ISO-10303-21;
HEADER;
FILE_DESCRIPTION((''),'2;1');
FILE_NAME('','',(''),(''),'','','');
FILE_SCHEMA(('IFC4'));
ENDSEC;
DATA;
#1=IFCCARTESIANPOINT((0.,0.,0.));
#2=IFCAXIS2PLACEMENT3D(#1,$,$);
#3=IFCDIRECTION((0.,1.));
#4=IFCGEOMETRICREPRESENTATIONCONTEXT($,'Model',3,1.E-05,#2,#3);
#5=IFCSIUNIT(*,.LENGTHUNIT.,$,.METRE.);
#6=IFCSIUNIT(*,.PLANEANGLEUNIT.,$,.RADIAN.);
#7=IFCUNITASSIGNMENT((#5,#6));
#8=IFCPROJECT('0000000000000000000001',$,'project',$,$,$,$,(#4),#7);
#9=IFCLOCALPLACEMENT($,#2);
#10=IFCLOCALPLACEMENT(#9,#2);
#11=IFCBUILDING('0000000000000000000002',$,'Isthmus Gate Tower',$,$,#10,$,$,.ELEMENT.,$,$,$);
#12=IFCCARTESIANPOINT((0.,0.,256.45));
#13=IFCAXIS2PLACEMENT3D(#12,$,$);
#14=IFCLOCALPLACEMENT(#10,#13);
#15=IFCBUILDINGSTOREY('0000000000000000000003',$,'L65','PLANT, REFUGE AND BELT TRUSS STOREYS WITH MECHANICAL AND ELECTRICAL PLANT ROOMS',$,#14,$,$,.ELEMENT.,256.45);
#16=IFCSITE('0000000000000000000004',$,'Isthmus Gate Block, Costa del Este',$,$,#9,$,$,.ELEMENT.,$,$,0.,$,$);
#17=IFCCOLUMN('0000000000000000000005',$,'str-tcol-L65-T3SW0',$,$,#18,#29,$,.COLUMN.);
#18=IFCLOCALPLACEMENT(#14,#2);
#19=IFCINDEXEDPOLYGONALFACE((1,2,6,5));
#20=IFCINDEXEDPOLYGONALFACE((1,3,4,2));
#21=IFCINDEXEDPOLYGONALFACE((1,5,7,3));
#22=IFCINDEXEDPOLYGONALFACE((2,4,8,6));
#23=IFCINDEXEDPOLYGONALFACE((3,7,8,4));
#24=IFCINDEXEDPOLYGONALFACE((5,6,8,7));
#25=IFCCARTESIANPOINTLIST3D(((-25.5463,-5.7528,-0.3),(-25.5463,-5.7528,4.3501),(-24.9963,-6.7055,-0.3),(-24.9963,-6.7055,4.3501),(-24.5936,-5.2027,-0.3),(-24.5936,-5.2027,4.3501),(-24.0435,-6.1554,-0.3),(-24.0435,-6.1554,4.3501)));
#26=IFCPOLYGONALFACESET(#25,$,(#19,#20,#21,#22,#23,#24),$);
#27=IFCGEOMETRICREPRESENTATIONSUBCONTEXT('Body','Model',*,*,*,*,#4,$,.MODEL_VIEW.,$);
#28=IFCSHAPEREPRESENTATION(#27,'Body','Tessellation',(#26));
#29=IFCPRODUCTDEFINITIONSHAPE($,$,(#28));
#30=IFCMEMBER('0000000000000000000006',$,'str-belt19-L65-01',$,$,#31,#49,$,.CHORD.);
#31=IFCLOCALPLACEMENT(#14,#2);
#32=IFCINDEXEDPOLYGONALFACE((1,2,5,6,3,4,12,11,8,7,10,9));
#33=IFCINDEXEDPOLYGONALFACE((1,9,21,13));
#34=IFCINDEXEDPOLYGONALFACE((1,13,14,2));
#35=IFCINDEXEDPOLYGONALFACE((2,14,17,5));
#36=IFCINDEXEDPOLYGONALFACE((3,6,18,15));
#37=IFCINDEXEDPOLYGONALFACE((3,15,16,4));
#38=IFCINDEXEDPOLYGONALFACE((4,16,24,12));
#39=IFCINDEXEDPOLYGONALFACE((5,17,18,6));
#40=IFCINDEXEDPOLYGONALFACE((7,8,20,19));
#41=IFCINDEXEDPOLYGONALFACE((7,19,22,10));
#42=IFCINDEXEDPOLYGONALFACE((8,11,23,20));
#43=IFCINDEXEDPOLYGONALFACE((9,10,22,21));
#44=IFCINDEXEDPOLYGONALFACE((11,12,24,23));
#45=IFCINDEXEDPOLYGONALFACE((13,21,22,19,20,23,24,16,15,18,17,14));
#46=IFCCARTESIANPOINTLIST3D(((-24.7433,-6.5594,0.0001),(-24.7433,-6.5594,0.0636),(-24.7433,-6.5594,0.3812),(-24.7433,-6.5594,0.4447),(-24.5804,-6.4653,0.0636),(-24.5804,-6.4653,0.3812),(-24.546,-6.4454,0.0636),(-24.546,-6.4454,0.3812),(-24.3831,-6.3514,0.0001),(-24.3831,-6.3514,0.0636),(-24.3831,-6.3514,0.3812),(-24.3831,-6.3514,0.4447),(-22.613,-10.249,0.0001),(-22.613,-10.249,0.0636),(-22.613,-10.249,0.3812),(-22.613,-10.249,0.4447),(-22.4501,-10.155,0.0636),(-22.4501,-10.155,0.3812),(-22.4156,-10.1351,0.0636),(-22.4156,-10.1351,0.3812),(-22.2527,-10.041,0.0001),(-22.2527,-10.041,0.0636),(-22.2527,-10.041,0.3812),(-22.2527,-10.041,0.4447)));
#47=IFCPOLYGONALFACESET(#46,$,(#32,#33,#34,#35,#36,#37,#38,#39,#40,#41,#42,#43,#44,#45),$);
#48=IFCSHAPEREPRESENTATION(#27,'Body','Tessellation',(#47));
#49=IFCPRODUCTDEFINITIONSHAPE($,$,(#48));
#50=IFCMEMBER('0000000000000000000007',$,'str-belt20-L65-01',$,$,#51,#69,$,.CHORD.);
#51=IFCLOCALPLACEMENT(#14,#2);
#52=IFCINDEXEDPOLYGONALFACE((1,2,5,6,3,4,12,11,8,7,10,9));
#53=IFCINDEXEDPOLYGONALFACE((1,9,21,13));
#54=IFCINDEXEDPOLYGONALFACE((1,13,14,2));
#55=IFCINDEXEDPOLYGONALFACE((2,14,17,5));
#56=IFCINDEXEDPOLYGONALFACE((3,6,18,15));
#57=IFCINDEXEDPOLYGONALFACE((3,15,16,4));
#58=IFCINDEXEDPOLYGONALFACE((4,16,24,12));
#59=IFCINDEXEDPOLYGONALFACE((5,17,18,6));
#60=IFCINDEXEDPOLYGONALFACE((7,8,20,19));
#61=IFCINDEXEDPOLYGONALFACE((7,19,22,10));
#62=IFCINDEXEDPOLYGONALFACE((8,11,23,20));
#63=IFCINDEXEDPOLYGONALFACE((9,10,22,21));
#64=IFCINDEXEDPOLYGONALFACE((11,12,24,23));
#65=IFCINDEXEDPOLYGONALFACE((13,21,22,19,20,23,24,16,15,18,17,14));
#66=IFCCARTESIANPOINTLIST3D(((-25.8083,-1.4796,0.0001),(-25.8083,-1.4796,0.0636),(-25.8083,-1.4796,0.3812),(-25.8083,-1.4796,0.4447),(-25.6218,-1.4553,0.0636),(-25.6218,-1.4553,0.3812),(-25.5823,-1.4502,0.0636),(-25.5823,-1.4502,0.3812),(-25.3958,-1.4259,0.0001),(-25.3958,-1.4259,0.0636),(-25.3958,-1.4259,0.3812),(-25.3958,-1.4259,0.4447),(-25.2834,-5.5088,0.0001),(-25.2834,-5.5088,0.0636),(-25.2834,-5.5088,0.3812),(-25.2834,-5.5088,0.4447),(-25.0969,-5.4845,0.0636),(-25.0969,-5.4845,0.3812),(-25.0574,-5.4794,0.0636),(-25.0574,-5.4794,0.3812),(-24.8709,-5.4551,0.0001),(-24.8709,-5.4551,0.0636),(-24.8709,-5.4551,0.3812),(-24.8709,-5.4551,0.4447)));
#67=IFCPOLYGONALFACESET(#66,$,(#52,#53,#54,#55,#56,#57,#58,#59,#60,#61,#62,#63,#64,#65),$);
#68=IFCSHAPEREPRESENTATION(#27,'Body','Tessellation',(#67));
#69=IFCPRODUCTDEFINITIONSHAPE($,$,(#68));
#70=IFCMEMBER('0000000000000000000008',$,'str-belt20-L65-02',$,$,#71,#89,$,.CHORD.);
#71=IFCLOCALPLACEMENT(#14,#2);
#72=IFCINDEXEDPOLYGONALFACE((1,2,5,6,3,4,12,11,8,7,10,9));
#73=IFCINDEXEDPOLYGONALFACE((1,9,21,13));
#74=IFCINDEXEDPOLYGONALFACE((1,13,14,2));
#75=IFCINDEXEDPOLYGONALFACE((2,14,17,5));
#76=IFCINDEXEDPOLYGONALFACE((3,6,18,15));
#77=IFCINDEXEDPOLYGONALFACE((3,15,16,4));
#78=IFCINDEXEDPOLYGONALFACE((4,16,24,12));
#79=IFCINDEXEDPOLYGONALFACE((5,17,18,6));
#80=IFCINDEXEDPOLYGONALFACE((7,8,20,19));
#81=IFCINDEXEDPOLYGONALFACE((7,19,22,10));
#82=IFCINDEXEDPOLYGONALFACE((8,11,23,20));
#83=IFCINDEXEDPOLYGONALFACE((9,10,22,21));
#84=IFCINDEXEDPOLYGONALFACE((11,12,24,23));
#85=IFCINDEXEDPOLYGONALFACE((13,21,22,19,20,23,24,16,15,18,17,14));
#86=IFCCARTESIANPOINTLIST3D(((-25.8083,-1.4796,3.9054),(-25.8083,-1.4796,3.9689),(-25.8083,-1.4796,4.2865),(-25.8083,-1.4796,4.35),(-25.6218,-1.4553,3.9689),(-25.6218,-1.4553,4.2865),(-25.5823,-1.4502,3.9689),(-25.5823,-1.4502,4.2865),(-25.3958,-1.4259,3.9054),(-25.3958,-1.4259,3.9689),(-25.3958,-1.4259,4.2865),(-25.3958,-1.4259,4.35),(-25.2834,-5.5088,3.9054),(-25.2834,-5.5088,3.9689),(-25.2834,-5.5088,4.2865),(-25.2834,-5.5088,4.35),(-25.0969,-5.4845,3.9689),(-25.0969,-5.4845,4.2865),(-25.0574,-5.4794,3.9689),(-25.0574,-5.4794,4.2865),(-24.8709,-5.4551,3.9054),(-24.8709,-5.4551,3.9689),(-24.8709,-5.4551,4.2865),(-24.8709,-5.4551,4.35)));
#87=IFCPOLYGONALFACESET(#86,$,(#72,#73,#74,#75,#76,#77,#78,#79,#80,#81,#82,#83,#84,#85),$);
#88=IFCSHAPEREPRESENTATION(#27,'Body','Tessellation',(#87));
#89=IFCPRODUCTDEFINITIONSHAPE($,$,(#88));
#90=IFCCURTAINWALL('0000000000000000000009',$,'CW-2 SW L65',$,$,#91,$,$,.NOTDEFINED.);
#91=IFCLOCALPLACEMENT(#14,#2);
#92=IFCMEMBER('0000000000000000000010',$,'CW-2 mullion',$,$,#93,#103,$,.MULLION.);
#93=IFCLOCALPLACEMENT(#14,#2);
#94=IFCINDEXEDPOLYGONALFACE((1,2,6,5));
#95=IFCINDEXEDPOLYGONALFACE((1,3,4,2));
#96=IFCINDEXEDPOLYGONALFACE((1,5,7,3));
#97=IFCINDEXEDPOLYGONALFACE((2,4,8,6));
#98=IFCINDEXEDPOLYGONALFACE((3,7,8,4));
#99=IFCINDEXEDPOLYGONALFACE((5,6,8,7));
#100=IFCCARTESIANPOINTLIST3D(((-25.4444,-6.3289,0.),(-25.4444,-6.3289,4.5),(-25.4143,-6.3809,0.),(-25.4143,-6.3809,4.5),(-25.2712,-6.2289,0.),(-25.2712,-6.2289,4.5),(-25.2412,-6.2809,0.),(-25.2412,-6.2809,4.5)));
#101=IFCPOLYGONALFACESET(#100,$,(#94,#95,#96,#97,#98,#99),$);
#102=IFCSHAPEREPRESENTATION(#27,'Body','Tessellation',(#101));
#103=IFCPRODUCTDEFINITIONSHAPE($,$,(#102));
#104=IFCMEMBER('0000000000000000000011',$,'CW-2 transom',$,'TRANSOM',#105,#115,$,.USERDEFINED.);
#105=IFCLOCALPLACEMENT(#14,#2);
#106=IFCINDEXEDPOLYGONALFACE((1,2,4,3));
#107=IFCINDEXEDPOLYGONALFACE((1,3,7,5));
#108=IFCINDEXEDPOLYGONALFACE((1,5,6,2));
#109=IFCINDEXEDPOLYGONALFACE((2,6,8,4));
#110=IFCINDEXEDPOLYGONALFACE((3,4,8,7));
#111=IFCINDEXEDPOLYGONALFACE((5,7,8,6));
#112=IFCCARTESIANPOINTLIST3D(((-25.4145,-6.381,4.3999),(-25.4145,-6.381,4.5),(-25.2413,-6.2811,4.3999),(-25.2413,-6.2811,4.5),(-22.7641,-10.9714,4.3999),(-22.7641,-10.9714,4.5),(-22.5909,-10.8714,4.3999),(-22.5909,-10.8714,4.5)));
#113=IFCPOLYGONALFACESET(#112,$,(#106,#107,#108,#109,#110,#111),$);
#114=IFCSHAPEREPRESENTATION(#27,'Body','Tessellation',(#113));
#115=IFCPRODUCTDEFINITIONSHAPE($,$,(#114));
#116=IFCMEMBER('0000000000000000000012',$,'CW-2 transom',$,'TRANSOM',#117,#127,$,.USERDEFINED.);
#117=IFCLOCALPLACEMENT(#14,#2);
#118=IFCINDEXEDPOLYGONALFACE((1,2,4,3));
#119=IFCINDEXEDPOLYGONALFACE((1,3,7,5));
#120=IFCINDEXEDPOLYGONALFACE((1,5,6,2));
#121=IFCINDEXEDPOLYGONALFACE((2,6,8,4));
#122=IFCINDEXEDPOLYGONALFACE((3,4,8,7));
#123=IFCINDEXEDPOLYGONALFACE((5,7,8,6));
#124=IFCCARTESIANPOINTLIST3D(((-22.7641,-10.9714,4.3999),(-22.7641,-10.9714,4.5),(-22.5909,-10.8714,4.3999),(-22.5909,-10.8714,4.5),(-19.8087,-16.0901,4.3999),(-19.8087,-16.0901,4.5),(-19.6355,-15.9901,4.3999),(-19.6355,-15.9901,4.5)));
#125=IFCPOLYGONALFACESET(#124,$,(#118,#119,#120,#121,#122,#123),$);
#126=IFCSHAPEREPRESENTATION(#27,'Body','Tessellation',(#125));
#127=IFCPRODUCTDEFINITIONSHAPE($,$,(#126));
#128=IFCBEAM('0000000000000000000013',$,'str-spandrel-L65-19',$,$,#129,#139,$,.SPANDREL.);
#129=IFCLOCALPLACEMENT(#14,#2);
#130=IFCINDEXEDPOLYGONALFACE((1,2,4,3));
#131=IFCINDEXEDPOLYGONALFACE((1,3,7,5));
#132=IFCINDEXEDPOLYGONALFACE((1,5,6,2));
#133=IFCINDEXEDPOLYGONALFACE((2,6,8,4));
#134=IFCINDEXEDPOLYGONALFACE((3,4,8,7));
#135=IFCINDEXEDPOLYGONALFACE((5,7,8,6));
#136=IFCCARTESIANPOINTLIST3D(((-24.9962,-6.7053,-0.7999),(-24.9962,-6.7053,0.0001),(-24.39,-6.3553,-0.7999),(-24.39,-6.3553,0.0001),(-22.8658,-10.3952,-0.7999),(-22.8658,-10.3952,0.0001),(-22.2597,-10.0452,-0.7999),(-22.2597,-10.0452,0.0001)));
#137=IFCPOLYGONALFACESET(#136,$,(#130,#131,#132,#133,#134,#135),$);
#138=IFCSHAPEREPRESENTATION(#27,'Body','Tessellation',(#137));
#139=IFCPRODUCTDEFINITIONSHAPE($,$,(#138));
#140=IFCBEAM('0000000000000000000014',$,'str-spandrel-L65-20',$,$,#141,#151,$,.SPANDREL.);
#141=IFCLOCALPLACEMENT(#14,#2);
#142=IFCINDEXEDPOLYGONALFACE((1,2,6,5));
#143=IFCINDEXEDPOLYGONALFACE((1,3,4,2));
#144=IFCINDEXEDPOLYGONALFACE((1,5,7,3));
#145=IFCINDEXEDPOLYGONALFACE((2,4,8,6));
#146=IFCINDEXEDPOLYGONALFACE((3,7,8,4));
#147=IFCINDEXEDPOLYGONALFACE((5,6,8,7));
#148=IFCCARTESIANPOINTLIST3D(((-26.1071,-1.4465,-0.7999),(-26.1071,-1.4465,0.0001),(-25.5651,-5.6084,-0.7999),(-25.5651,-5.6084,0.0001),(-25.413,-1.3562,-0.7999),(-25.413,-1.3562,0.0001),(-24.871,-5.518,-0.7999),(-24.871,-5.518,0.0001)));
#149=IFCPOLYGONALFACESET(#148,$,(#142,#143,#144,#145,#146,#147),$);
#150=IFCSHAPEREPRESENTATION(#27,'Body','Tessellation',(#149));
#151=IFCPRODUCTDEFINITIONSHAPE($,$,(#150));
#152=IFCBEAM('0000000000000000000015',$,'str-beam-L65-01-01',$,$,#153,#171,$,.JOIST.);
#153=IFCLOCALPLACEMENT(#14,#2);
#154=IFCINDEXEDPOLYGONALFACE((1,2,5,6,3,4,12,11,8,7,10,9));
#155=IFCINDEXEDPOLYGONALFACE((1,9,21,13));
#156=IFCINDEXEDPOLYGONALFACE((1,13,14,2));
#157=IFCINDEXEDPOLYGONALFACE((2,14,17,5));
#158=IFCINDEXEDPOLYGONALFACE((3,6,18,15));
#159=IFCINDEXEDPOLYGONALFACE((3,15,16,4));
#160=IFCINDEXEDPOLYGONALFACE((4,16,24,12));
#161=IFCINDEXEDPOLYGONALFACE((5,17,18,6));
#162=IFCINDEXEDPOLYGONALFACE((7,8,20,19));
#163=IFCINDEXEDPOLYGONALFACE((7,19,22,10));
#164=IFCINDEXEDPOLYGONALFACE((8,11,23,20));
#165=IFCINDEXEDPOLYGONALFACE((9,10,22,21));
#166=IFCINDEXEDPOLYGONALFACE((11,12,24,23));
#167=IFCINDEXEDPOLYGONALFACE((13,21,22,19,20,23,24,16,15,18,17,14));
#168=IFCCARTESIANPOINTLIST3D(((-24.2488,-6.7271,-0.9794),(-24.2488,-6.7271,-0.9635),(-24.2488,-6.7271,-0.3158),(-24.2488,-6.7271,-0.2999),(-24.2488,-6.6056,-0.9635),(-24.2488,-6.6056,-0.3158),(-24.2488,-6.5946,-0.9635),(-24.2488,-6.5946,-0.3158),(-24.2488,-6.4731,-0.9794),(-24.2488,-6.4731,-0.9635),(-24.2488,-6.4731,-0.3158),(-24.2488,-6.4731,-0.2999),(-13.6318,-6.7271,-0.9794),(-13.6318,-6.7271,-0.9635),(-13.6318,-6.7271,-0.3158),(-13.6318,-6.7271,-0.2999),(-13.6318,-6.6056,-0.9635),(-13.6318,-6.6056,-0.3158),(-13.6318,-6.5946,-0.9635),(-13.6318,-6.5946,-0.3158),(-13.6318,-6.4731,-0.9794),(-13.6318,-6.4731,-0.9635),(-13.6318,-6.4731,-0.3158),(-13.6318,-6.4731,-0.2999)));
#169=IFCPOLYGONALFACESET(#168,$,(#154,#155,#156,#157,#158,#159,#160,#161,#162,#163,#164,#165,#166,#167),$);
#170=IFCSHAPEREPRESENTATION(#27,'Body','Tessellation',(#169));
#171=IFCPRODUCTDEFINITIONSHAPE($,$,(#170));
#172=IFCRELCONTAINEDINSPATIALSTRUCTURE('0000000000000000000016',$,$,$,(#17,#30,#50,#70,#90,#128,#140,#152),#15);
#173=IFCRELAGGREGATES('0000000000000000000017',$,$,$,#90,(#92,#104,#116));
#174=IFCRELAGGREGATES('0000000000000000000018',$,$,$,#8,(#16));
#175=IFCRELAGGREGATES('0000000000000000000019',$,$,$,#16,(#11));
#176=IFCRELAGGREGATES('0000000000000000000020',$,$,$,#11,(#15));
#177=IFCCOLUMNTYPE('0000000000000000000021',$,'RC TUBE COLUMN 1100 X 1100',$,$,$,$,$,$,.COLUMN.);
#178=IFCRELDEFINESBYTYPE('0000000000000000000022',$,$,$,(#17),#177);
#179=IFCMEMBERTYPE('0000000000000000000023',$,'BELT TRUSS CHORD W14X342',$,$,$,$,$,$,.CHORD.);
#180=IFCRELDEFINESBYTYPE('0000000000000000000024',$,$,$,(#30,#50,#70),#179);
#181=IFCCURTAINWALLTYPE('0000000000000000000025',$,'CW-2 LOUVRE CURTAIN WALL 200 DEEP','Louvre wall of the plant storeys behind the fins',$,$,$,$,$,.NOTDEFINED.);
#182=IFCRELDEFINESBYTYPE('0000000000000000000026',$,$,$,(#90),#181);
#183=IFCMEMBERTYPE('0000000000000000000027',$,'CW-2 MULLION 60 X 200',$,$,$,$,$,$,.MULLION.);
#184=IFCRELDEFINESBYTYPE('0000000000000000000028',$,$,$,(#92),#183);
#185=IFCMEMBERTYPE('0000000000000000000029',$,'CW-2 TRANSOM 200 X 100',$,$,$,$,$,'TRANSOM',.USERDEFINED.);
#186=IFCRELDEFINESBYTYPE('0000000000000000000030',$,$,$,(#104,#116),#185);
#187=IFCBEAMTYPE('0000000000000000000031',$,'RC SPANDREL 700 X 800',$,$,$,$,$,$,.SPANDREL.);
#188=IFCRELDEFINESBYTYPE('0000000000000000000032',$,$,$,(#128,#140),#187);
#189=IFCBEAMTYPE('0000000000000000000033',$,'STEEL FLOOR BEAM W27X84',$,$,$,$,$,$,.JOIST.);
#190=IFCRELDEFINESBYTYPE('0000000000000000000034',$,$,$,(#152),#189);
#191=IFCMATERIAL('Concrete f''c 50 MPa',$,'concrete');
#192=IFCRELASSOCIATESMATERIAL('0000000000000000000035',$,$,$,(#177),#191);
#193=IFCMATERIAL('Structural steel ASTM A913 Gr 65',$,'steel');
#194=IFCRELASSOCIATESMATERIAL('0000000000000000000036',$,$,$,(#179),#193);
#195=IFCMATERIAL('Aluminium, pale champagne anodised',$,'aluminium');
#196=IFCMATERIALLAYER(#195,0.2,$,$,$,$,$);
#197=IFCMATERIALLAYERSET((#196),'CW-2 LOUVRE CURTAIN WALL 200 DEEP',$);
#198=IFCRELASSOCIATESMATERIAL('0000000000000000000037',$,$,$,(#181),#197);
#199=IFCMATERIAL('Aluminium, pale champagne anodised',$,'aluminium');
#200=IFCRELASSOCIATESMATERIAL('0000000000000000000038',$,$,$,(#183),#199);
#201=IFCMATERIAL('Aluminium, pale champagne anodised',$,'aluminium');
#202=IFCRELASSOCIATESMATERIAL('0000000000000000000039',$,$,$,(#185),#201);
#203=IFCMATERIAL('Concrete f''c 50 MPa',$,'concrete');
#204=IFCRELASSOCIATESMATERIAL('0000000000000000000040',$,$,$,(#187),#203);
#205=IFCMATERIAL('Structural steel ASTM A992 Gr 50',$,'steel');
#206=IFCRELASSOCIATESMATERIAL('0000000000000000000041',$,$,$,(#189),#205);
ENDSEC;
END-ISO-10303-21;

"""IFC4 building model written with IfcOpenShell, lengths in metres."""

from ifc_helpers import new_model, si_unit, direction, frame, origin, origin_2d, place, context, subcontext, project, spatial, rectangle, i_section, extrude, material, layer, layer_set, material_profile, profile_set, type_object, element, aggregate, save


model = new_model("IFC4")

# Units and contexts
model_context = context("Model", 3, precision=1e-05, world=origin(), true_north=direction((0.0, 1.0)))
body_context = subcontext(model_context, "Body", "Model", "MODEL_VIEW")
ifc_project = project(units=[si_unit("LENGTHUNIT", "METRE"), si_unit("PLANEANGLEUNIT", "RADIAN")], contexts=[model_context])

# Site, building, storey
site_placement = place(None, origin())
site = spatial("IfcSite", under=ifc_project, at=site_placement, Name="Isthmus Gate Block, Costa del Este", CompositionType="ELEMENT", RefElevation=0.0)
building_placement = place(site_placement, origin())
building = spatial("IfcBuilding", under=site, at=building_placement, Name="Isthmus Gate Tower", CompositionType="ELEMENT")
storey_placement = place(building_placement, frame((0.0, 0.0, 256.45)))
storey = spatial("IfcBuildingStorey", under=building, at=storey_placement, Name="L65", Description="PLANT, REFUGE AND BELT TRUSS STOREYS WITH MECHANICAL AND ELECTRICAL PLANT ROOMS", CompositionType="ELEMENT", Elevation=256.45)

# Column
ifc_material_1 = material(Name="Concrete f'c 50 MPa", Category="concrete")
ifc_material_profile_1 = material_profile(ifc_material_1, rectangle(XDim=1.1001, YDim=1.1001, at=origin_2d()), Name="RC 1100X1100")
ifc_profile_set_1 = profile_set([ifc_material_profile_1], Name="Concrete f'c 50 MPa")
column_type = type_object("IfcColumnType", Name="RC TUBE COLUMN 1100 X 1100", PredefinedType="COLUMN", material=ifc_profile_set_1)
column_placement = place(storey_placement, frame((-24.7949, -5.9541, -0.3), z_axis=(0.0, 0.0, 1.0), x_axis=(0.5, -0.866025, 0.0)))
element("IfcColumn", 1, at=column_placement, inside=storey, type_object=column_type, Name="str-tcol-L65-T3SW0", PredefinedType="COLUMN", context=body_context, shape_type="SweptSolid", body=[
    extrude(rectangle(XDim=1.1001, YDim=1.1001, at=origin_2d()), origin(), (0.0, 0.0, 1.0), 4.6501),
])

# Members
ifc_material_2 = material(Name="Structural steel ASTM A913 Gr 65", Category="steel")
ifc_material_profile_2 = material_profile(ifc_material_2, i_section(OverallWidth=0.416, OverallDepth=0.4446, WebThickness=0.0398, FlangeThickness=0.0635, at=origin_2d()), Name="W14X342")
ifc_profile_set_2 = profile_set([ifc_material_profile_2], Name="Structural steel ASTM A913 Gr 65")
member_type_1 = type_object("IfcMemberType", Name="BELT TRUSS CHORD W14X342", PredefinedType="CHORD", material=ifc_profile_set_2)
member_1_placement = place(storey_placement, frame((-22.4329, -10.145, 0.2224), z_axis=(-0.500022, 0.866013, 0.0), x_axis=(-0.866013, -0.500022, 0.0)))
element("IfcMember", 2, at=member_1_placement, inside=storey, type_object=member_type_1, Name="str-belt19-L65-01", PredefinedType="CHORD", context=body_context, shape_type="SweptSolid", body=[
    extrude(i_section(OverallWidth=0.416, OverallDepth=0.4446, WebThickness=0.0398, FlangeThickness=0.0635, at=origin_2d()), origin(), (0.0, 0.0, 1.0), 4.2605),
])
for number, where, z_axis, x_axis, name in (
    (3, (-25.0771, -5.4819, 0.2224), (-0.12918, 0.991621, 0.0), (-0.991621, -0.12918, 0.0), "str-belt20-L65-01"),
    (4, (-25.0771, -5.4819, 4.1277), (-0.12918, 0.991621, 0.0), (-0.991621, -0.12918, 0.0), "str-belt20-L65-02"),
):
    element("IfcMember", number, at=place(storey_placement, frame(where, z_axis=z_axis, x_axis=x_axis)), inside=storey, type_object=member_type_1, Name=name, PredefinedType="CHORD", context=body_context, shape_type="SweptSolid", body=[
        extrude(i_section(OverallWidth=0.416, OverallDepth=0.4446, WebThickness=0.0398, FlangeThickness=0.0635, at=origin_2d()), origin(), (0.0, 0.0, 1.0), 4.0632),
    ])

# Curtain wall, members
ifc_material_3 = material(Name="Aluminium, pale champagne anodised", Category="aluminium")
ifc_layer_1 = layer(ifc_material_3, 0.2)
ifc_layer_set_1 = layer_set([ifc_layer_1], Name="CW-2 LOUVRE CURTAIN WALL 200 DEEP")
curtain_wall_type = type_object("IfcCurtainWallType", Name="CW-2 LOUVRE CURTAIN WALL 200 DEEP", Description="Louvre wall of the plant storeys behind the fins", PredefinedType="NOTDEFINED", material=ifc_layer_set_1)
curtain_wall_placement = place(storey_placement, origin())
curtain_wall = element("IfcCurtainWall", 5, at=curtain_wall_placement, inside=storey, type_object=curtain_wall_type, Name="CW-2 SW L65", PredefinedType="NOTDEFINED")
ifc_material_4 = material(Name="Aluminium, pale champagne anodised", Category="aluminium")
ifc_material_profile_3 = material_profile(ifc_material_4, rectangle(XDim=0.0601, YDim=0.2, at=origin_2d()), Name="60x200")
ifc_profile_set_3 = profile_set([ifc_material_profile_3], Name="Aluminium, pale champagne anodised")
member_type_2 = type_object("IfcMemberType", Name="CW-2 MULLION 60 X 200", PredefinedType="MULLION", material=ifc_profile_set_3)
member_2_placement = place(storey_placement, frame((-25.3428, -6.3049, 0.0), z_axis=(0.0, 0.0, 1.0), x_axis=(0.5, -0.866025, 0.0)))
member_2 = element("IfcMember", 6, at=member_2_placement, type_object=member_type_2, Name="CW-2 mullion", PredefinedType="MULLION", context=body_context, shape_type="SweptSolid", body=[
    extrude(rectangle(XDim=0.0601, YDim=0.2, at=origin_2d()), origin(), (0.0, 0.0, 1.0), 4.5),
])
ifc_material_5 = material(Name="Aluminium, pale champagne anodised", Category="aluminium")
ifc_material_profile_4 = material_profile(ifc_material_5, rectangle(XDim=0.2, YDim=0.1001, at=origin_2d()), Name="200x100")
ifc_profile_set_4 = profile_set([ifc_material_profile_4], Name="Aluminium, pale champagne anodised")
member_type_3 = type_object("IfcMemberType", Name="CW-2 TRANSOM 200 X 100", ElementType="TRANSOM", PredefinedType="USERDEFINED", material=ifc_profile_set_4)
member_3_placement = place(storey_placement, frame((-25.3279, -6.3311, 4.45), z_axis=(0.500023, -0.866012, 0.0), x_axis=(0.866012, 0.500023, 0.0)))
member_3 = element("IfcMember", 7, at=member_3_placement, type_object=member_type_3, Name="CW-2 transom", ObjectType="TRANSOM", PredefinedType="USERDEFINED", context=body_context, shape_type="SweptSolid", body=[
    extrude(rectangle(XDim=0.2, YDim=0.1001, at=origin_2d()), origin(), (0.0, 0.0, 1.0), 5.3005),
])
member_4_placement = place(storey_placement, frame((-22.6775, -10.9214, 4.45), z_axis=(0.500008, -0.86602, 0.0), x_axis=(0.86602, 0.500008, 0.0)))
member_4 = element("IfcMember", 8, at=member_4_placement, type_object=member_type_3, Name="CW-2 transom", ObjectType="TRANSOM", PredefinedType="USERDEFINED", context=body_context, shape_type="SweptSolid", body=[
    extrude(rectangle(XDim=0.2, YDim=0.1001, at=origin_2d()), origin(), (0.0, 0.0, 1.0), 5.9106),
])

# Beams
ifc_material_6 = material(Name="Concrete f'c 50 MPa", Category="concrete")
ifc_material_profile_5 = material_profile(ifc_material_6, rectangle(XDim=0.7, YDim=0.8, at=origin_2d()), Name="RC 700X800")
ifc_profile_set_5 = profile_set([ifc_material_profile_5], Name="Concrete f'c 50 MPa")
beam_type_1 = type_object("IfcBeamType", Name="RC SPANDREL 700 X 800", PredefinedType="SPANDREL", material=ifc_profile_set_5)
beam_1_placement = place(storey_placement, frame((-22.5627, -10.2202, -0.3999), z_axis=(-0.499997, 0.866027, 0.0), x_axis=(-0.866027, -0.499997, 0.0)))
element("IfcBeam", 9, at=beam_1_placement, inside=storey, type_object=beam_type_1, Name="str-spandrel-L65-19", PredefinedType="SPANDREL", context=body_context, shape_type="SweptSolid", body=[
    extrude(rectangle(XDim=0.7, YDim=0.8, at=origin_2d()), origin(), (0.0, 0.0, 1.0), 4.2607),
])
beam_2_placement = place(storey_placement, frame((-25.218, -5.5632, -0.3999), z_axis=(-0.129138, 0.991627, 0.0), x_axis=(-0.991627, -0.129138, 0.0)))
element("IfcBeam", 10, at=beam_2_placement, inside=storey, type_object=beam_type_1, Name="str-spandrel-L65-20", PredefinedType="SPANDREL", context=body_context, shape_type="SweptSolid", body=[
    extrude(rectangle(XDim=0.7, YDim=0.8, at=origin_2d()), origin(), (0.0, 0.0, 1.0), 4.197),
])
ifc_material_7 = material(Name="Structural steel ASTM A992 Gr 50", Category="steel")
ifc_material_profile_6 = material_profile(ifc_material_7, i_section(OverallWidth=0.2539, OverallDepth=0.6794, WebThickness=0.011, FlangeThickness=0.0159, at=origin_2d()), Name="W27X84")
ifc_profile_set_6 = profile_set([ifc_material_profile_6], Name="Structural steel ASTM A992 Gr 50")
beam_type_2 = type_object("IfcBeamType", Name="STEEL FLOOR BEAM W27X84", PredefinedType="JOIST", material=ifc_profile_set_6)
beam_3_placement = place(storey_placement, frame((-24.2488, -6.6001, -0.6396), z_axis=(1.0, 0.0, 0.0), x_axis=(0.0, 1.0, 0.0)))
element("IfcBeam", 11, at=beam_3_placement, inside=storey, type_object=beam_type_2, Name="str-beam-L65-01-01", PredefinedType="JOIST", context=body_context, shape_type="SweptSolid", body=[
    extrude(i_section(OverallWidth=0.2539, OverallDepth=0.6794, WebThickness=0.011, FlangeThickness=0.0159, at=origin_2d()), origin(), (0.0, 0.0, 1.0), 10.6169),
])

aggregate(curtain_wall, [member_2, member_3, member_4])

save(model, "model.ifc")
